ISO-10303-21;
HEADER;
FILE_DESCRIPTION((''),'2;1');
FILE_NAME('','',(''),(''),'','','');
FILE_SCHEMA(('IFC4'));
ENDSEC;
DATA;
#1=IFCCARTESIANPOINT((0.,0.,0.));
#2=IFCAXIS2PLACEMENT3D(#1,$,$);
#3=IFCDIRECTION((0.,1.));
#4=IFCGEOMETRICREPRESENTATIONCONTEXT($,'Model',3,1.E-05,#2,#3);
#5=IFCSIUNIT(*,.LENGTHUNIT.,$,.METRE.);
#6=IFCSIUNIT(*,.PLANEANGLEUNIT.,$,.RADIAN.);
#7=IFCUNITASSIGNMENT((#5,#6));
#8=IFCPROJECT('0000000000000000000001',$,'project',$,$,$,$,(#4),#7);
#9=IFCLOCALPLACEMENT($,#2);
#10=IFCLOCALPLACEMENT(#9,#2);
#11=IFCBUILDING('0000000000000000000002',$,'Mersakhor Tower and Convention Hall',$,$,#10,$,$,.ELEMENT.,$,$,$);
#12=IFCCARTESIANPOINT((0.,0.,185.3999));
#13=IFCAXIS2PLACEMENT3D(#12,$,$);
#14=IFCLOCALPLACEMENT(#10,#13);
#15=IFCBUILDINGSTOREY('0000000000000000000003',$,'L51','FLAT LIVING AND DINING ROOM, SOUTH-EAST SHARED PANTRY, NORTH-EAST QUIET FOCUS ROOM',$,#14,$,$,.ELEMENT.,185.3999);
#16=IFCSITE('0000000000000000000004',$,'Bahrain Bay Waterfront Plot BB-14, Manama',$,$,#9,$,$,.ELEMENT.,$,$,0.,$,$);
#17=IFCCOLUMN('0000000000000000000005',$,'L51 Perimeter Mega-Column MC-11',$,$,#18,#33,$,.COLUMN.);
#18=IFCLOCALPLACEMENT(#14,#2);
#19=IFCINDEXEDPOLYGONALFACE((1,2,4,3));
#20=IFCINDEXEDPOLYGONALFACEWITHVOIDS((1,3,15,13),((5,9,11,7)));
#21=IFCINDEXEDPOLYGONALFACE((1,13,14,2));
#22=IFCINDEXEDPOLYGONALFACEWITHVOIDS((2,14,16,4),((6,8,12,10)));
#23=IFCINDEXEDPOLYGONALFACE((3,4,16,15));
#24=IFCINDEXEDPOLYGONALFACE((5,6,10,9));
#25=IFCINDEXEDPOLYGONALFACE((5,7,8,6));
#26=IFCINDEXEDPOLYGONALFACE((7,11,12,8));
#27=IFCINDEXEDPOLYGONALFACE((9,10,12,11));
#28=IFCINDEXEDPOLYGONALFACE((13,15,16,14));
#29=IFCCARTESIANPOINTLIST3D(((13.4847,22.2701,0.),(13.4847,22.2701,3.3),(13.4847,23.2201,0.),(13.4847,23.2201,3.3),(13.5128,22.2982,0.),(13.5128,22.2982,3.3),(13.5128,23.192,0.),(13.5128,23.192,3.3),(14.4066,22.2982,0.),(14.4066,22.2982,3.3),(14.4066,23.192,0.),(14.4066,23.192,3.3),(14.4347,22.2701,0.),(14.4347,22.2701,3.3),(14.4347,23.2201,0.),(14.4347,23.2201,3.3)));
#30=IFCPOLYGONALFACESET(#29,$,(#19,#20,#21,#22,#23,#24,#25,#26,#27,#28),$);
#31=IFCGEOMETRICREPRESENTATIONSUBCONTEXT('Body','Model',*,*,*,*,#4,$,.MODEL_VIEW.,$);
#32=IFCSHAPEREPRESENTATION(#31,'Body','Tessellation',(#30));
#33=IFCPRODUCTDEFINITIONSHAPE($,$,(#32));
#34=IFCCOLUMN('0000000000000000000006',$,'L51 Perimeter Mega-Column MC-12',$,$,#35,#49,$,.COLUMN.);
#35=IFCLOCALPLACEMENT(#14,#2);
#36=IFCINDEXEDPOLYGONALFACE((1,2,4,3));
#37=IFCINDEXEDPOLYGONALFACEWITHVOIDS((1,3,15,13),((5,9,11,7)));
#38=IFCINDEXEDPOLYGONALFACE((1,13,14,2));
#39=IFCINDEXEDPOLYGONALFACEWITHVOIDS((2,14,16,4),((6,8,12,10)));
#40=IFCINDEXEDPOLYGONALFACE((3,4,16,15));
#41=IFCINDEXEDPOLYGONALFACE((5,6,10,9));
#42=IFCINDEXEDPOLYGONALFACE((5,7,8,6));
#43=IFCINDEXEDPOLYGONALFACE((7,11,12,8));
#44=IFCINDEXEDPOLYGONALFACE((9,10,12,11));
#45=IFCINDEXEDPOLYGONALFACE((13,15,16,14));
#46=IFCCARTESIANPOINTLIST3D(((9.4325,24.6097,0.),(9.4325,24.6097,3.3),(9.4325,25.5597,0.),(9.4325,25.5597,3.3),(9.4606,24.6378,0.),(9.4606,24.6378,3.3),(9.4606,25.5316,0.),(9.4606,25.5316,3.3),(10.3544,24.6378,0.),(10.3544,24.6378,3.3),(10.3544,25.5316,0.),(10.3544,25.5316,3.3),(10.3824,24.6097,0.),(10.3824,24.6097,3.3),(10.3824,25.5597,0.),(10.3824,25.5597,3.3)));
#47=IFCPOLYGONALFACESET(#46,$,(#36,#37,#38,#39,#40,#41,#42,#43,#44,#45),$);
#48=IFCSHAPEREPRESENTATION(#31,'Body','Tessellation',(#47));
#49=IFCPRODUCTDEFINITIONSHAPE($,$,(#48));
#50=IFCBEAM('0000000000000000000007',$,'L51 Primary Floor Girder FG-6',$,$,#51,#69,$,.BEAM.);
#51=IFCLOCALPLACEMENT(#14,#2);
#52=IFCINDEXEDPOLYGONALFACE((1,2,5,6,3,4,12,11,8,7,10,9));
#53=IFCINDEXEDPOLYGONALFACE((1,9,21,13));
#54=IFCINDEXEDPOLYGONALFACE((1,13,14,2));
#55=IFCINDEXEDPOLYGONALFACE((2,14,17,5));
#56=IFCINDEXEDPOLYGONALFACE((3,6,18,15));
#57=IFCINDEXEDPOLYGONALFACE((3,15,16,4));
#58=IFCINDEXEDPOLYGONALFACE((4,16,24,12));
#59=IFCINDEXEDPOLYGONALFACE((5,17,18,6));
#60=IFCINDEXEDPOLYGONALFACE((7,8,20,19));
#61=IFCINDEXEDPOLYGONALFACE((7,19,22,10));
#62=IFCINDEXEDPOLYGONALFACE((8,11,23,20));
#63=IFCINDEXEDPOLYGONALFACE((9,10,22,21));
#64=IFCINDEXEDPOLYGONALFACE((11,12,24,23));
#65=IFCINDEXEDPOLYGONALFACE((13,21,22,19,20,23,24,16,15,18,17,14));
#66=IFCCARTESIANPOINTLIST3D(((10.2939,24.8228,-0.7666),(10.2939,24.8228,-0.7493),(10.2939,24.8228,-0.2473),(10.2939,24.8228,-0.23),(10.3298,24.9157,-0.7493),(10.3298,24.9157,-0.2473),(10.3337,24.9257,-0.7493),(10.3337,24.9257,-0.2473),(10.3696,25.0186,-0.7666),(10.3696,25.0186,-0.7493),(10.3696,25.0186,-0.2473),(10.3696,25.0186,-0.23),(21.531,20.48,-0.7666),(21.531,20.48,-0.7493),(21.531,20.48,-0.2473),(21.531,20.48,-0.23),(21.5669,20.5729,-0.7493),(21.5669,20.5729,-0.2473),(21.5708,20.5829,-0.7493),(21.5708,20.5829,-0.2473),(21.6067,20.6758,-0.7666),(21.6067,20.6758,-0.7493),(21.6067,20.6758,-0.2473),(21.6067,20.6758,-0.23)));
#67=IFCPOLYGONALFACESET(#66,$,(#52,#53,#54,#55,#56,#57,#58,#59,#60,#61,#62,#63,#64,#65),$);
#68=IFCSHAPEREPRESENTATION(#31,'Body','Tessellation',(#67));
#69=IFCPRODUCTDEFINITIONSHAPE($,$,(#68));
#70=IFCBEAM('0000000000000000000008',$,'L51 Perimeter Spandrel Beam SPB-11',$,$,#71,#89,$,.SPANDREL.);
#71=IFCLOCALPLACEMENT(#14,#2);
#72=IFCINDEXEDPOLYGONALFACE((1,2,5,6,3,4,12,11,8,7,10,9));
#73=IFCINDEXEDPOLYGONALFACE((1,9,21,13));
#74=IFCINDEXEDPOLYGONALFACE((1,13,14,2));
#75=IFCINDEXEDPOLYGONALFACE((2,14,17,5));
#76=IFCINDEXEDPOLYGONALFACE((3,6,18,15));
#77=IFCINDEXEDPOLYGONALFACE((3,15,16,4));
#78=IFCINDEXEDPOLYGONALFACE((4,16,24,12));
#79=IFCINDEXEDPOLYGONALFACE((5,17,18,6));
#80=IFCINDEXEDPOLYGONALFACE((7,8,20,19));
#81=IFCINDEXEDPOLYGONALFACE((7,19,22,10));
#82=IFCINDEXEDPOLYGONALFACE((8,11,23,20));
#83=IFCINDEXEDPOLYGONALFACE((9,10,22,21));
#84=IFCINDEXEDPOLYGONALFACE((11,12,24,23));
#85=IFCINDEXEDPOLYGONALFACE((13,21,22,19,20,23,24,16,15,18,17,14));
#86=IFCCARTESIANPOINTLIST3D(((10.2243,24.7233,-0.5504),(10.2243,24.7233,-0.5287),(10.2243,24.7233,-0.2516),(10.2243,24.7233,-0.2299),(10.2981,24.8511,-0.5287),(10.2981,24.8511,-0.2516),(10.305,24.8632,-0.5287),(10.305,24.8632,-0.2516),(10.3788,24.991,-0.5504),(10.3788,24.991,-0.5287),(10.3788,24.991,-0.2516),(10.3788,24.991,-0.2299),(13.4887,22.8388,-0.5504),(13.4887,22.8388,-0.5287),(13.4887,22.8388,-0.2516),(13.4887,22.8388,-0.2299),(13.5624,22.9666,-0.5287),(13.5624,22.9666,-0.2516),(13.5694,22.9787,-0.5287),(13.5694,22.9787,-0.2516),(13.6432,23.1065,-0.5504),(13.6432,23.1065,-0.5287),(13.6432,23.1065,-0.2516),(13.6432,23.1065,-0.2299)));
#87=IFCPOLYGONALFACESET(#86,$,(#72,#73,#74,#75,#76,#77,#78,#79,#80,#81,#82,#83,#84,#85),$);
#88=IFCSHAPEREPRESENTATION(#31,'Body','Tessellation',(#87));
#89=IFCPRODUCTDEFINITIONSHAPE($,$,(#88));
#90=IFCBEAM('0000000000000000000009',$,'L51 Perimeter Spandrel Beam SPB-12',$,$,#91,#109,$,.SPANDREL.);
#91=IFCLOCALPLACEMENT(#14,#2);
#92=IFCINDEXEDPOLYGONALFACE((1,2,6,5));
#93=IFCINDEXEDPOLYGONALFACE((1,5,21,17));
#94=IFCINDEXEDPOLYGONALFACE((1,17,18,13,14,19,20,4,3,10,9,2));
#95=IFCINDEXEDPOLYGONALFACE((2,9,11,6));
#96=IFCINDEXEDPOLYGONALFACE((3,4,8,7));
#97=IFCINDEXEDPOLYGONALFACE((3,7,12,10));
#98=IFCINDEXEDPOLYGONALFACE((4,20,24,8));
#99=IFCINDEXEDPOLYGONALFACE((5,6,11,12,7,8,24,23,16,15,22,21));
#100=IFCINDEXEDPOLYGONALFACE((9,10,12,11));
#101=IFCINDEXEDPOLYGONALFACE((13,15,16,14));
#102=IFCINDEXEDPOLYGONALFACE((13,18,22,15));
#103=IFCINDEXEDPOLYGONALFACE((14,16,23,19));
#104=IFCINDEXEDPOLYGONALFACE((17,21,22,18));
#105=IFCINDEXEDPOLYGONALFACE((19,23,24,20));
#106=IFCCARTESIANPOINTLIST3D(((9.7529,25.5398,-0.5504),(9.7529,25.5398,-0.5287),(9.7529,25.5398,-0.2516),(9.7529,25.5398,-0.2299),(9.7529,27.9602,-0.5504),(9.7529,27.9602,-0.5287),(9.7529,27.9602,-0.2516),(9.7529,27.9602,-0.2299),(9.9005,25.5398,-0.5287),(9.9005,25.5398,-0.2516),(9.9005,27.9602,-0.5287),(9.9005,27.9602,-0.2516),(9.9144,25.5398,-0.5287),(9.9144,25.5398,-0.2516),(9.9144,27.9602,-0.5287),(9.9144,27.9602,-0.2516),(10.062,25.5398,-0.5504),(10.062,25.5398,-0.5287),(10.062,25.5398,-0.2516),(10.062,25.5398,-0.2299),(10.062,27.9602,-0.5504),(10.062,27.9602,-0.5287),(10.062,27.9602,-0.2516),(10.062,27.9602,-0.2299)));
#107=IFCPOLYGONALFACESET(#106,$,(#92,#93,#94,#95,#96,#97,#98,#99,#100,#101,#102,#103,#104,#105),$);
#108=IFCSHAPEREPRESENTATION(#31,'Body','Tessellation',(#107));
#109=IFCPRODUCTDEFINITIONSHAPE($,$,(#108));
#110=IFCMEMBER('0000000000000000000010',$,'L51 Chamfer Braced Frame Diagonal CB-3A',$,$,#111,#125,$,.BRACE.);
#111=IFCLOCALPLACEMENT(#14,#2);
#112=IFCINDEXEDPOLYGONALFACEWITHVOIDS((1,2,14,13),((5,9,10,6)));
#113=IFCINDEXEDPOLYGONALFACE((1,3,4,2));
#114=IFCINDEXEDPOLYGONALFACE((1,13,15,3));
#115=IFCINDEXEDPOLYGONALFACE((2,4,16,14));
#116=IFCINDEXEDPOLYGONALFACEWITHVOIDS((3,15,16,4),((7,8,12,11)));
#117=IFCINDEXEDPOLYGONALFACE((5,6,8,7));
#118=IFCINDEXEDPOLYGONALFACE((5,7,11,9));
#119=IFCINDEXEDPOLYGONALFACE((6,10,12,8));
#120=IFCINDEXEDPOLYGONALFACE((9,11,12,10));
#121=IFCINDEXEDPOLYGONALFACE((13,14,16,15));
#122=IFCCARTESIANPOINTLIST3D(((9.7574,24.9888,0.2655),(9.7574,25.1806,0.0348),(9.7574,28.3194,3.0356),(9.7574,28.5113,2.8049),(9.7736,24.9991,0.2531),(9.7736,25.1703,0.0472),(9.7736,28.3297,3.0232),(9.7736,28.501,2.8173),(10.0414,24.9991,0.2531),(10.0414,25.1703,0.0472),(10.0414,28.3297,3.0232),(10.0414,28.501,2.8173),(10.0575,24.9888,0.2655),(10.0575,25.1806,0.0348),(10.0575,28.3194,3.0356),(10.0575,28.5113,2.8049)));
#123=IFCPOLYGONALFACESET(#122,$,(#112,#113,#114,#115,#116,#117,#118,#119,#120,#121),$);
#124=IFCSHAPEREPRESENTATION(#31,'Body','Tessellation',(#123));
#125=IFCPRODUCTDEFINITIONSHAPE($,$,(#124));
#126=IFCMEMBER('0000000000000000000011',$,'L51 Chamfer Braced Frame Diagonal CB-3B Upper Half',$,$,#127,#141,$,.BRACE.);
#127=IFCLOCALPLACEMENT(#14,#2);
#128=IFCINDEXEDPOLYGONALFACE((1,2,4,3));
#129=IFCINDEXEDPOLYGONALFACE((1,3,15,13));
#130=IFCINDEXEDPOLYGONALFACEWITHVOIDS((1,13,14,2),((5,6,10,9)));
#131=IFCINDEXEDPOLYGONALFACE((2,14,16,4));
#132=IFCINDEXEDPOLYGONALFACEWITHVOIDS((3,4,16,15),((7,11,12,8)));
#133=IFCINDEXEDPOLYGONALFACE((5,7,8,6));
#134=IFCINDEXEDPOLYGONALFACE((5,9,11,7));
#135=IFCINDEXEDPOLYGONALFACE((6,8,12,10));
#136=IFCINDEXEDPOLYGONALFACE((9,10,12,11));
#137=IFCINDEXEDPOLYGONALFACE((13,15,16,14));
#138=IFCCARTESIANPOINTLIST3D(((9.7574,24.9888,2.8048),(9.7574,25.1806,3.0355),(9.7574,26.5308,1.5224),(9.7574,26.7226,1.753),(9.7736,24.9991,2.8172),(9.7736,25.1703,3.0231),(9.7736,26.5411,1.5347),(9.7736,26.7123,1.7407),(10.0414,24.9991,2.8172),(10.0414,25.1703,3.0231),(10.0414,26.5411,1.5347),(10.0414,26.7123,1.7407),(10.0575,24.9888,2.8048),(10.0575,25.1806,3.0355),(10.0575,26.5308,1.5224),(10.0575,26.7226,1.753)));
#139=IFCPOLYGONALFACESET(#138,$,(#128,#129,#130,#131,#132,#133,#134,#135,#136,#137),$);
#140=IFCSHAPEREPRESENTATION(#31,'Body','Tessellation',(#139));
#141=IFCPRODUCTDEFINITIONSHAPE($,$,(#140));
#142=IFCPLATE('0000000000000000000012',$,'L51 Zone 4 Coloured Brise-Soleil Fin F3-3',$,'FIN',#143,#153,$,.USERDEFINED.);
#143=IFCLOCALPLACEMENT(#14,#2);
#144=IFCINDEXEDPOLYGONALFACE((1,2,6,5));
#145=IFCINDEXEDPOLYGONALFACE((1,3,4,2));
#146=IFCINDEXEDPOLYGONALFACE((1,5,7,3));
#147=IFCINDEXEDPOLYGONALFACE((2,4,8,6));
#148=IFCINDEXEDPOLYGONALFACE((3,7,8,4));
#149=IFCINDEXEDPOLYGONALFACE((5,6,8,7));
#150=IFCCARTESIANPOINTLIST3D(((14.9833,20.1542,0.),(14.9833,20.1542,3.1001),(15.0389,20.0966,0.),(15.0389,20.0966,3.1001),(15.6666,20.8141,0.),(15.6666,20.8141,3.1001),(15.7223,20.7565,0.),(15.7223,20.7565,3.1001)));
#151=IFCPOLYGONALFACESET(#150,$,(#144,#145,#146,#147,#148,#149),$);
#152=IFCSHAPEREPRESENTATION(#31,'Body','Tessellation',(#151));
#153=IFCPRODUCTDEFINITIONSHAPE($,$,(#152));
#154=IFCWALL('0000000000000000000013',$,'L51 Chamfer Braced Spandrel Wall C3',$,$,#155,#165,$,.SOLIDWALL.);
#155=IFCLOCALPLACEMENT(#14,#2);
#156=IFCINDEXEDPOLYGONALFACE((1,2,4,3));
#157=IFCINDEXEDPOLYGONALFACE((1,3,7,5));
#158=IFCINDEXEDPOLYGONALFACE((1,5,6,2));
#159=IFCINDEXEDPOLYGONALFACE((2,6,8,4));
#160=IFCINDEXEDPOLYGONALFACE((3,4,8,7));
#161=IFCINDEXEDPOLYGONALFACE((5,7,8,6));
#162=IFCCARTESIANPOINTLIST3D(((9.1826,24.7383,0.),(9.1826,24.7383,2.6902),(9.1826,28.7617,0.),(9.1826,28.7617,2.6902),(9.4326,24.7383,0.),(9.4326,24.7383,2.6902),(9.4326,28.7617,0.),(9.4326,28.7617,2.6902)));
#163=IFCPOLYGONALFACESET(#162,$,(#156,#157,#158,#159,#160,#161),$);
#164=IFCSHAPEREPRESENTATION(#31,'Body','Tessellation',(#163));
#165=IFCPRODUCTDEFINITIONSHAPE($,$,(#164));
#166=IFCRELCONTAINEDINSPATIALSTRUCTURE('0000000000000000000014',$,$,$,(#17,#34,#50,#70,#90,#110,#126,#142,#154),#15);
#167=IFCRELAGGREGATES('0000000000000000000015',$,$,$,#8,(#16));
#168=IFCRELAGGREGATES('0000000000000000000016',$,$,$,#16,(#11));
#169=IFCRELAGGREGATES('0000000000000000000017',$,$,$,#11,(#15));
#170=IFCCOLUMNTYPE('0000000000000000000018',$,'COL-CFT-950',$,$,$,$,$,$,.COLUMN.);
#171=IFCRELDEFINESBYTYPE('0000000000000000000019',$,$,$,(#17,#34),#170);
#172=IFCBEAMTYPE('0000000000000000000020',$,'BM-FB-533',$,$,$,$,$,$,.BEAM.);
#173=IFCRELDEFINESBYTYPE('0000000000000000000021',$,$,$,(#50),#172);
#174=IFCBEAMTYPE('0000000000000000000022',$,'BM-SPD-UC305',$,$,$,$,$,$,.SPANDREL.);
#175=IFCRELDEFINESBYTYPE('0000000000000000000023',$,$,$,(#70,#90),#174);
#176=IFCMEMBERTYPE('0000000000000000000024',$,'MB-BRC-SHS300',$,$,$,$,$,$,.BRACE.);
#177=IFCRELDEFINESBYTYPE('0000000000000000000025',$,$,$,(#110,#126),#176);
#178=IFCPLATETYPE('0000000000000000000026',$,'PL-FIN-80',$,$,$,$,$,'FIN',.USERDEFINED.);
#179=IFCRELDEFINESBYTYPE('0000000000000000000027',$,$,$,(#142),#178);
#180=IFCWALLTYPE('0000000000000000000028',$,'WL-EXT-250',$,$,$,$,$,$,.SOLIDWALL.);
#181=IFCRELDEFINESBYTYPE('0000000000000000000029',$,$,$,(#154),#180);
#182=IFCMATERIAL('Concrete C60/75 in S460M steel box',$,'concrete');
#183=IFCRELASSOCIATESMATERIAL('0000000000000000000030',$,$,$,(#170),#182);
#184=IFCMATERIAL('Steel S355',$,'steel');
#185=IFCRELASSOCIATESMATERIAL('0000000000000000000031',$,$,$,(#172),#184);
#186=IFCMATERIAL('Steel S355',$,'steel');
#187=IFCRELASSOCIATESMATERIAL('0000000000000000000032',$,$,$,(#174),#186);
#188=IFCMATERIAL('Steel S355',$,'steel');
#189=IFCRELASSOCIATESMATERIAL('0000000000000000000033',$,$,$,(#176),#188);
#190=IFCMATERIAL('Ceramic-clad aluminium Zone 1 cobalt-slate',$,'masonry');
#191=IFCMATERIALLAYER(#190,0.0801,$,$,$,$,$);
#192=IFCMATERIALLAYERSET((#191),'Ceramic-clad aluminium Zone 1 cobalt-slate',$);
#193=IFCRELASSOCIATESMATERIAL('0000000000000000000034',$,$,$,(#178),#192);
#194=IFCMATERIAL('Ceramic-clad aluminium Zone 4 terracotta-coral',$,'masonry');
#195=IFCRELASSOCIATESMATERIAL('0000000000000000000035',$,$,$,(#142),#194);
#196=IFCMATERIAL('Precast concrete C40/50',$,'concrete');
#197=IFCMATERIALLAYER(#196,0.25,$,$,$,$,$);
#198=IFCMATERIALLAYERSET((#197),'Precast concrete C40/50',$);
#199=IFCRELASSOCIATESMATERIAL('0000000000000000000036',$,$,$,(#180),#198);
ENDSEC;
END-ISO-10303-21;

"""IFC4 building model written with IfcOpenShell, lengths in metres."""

from ifc_helpers import new_model, si_unit, direction, frame, frame_2d, origin, origin_2d, place, context, subcontext, project, spatial, rectangle, hollow_rectangle, i_section, extrude, material, layer, layer_set, material_profile, profile_set, type_object, element, save


model = new_model("IFC4")

# Units and contexts
model_context = context("Model", 3, precision=1e-05, world=origin(), true_north=direction((0.0, 1.0)))
body_context = subcontext(model_context, "Body", "Model", "MODEL_VIEW")
ifc_project = project(units=[si_unit("LENGTHUNIT", "METRE"), si_unit("PLANEANGLEUNIT", "RADIAN")], contexts=[model_context])

# Site, building, storey
site_placement = place(None, origin())
site = spatial("IfcSite", under=ifc_project, at=site_placement, Name="Bahrain Bay Waterfront Plot BB-14, Manama", CompositionType="ELEMENT", RefElevation=0.0)
building_placement = place(site_placement, origin())
building = spatial("IfcBuilding", under=site, at=building_placement, Name="Mersakhor Tower and Convention Hall", CompositionType="ELEMENT")
storey_placement = place(building_placement, frame((0.0, 0.0, 185.3999)))
storey = spatial("IfcBuildingStorey", under=building, at=storey_placement, Name="L51", Description="FLAT LIVING AND DINING ROOM, SOUTH-EAST SHARED PANTRY, NORTH-EAST QUIET FOCUS ROOM", CompositionType="ELEMENT", Elevation=185.3999)

# Columns
ifc_material_1 = material(Name="Concrete C60/75 in S460M steel box", Category="concrete")
ifc_material_profile_1 = material_profile(ifc_material_1, hollow_rectangle(XDim=0.95, YDim=0.95, WallThickness=0.0281, at=origin_2d()), Name="SHS 950x950x28")
ifc_profile_set_1 = profile_set([ifc_material_profile_1], Name="Concrete C60/75 in S460M steel box")
column_type = type_object("IfcColumnType", Name="COL-CFT-950", PredefinedType="COLUMN", material=ifc_profile_set_1)
for number, where, z_axis, x_axis, name in (
    (1, (13.9597, 22.7451, 0.0), (0.0, 0.0, 1.0), (1.0, 0.0, 0.0), "L51 Perimeter Mega-Column MC-11"),
    (2, (9.9075, 25.0847, 0.0), (0.0, 0.0, 1.0), (1.0, 0.0, 0.0), "L51 Perimeter Mega-Column MC-12"),
):
    element("IfcColumn", number, at=place(storey_placement, frame(where, z_axis=z_axis, x_axis=x_axis)), inside=storey, type_object=column_type, Name=name, PredefinedType="COLUMN", context=body_context, shape_type="SweptSolid", body=[
        extrude(hollow_rectangle(XDim=0.95, YDim=0.95, WallThickness=0.0281, at=origin_2d()), origin(), (0.0, 0.0, 1.0), 3.3),
    ])

# Beams
ifc_material_2 = material(Name="Steel S355", Category="steel")
ifc_material_profile_2 = material_profile(ifc_material_2, i_section(OverallWidth=0.21, OverallDepth=0.5366, WebThickness=0.0107, FlangeThickness=0.0173, at=origin_2d()), Name="UB 533x210x101")
ifc_profile_set_2 = profile_set([ifc_material_profile_2], Name="Steel S355")
beam_type_1 = type_object("IfcBeamType", Name="BM-FB-533", PredefinedType="BEAM", material=ifc_profile_set_2)
beam_1_placement = place(storey_placement, frame((21.5688, 20.5779, -0.4983), z_axis=(-0.932765, 0.360485, 0.0), x_axis=(-0.360485, -0.932765, 0.0)))
element("IfcBeam", 3, at=beam_1_placement, inside=storey, type_object=beam_type_1, Name="L51 Primary Floor Girder FG-6", PredefinedType="BEAM", context=body_context, shape_type="SweptSolid", body=[
    extrude(i_section(OverallWidth=0.21, OverallDepth=0.5366, WebThickness=0.0107, FlangeThickness=0.0173, at=origin_2d()), origin(), (0.0, 0.0, 1.0), 12.0471),
])
ifc_material_3 = material(Name="Steel S355", Category="steel")
ifc_material_profile_3 = material_profile(ifc_material_3, i_section(OverallWidth=0.3091, OverallDepth=0.3206, WebThickness=0.0139, FlangeThickness=0.0217, at=origin_2d()), Name="UC 305x305x137")
ifc_profile_set_3 = profile_set([ifc_material_profile_3], Name="Steel S355")
beam_type_2 = type_object("IfcBeamType", Name="BM-SPD-UC305", PredefinedType="SPANDREL", material=ifc_profile_set_3)
beam_2_placement = place(storey_placement, frame((13.5659, 22.9727, -0.3901), z_axis=(-0.866046, 0.499964, 0.0), x_axis=(-0.499964, -0.866046, 0.0)))
element("IfcBeam", 4, at=beam_2_placement, inside=storey, type_object=beam_type_2, Name="L51 Perimeter Spandrel Beam SPB-11", PredefinedType="SPANDREL", context=body_context, shape_type="SweptSolid", body=[
    extrude(i_section(OverallWidth=0.3091, OverallDepth=0.3206, WebThickness=0.0139, FlangeThickness=0.0217, at=origin_2d()), origin(), (0.0, 0.0, 1.0), 3.7693),
])
beam_3_placement = place(storey_placement, frame((9.9075, 25.5398, -0.3901), z_axis=(0.0, 1.0, 0.0), x_axis=(-1.0, 0.0, 0.0)))
element("IfcBeam", 5, at=beam_3_placement, inside=storey, type_object=beam_type_2, Name="L51 Perimeter Spandrel Beam SPB-12", PredefinedType="SPANDREL", context=body_context, shape_type="SweptSolid", body=[
    extrude(i_section(OverallWidth=0.3091, OverallDepth=0.3206, WebThickness=0.0139, FlangeThickness=0.0217, at=origin_2d()), origin(), (0.0, 0.0, 1.0), 2.4204),
])

# Members
ifc_material_4 = material(Name="Steel S355", Category="steel")
ifc_material_profile_4 = material_profile(ifc_material_4, hollow_rectangle(XDim=0.3, YDim=0.3, WallThickness=0.0161, at=origin_2d()), Name="SHS 300x300x16")
ifc_profile_set_4 = profile_set([ifc_material_profile_4], Name="Steel S355")
member_type = type_object("IfcMemberType", Name="MB-BRC-SHS300", PredefinedType="BRACE", material=ifc_profile_set_4)
member_1_placement = place(storey_placement, frame((9.9075, 25.0847, 0.1501), z_axis=(0.0, 0.76884, 0.639441), x_axis=(-1.0, 0.0, 0.0)))
element("IfcMember", 6, at=member_1_placement, inside=storey, type_object=member_type, Name="L51 Chamfer Braced Frame Diagonal CB-3A", PredefinedType="BRACE", context=body_context, shape_type="SweptSolid", body=[
    extrude(hollow_rectangle(XDim=0.3, YDim=0.3, WallThickness=0.0161, at=origin_2d()), origin(), (0.0, 0.0, 1.0), 4.332),
])
member_2_placement = place(storey_placement, frame((9.9075, 26.6267, 1.6377), z_axis=(0.0, -0.76884, 0.639442), x_axis=(1.0, 0.0, 0.0)))
element("IfcMember", 7, at=member_2_placement, inside=storey, type_object=member_type, Name="L51 Chamfer Braced Frame Diagonal CB-3B Upper Half", PredefinedType="BRACE", context=body_context, shape_type="SweptSolid", body=[
    extrude(hollow_rectangle(XDim=0.3, YDim=0.3, WallThickness=0.0161, at=origin_2d()), origin(), (0.0, 0.0, 1.0), 2.0056),
])

# Plate
ifc_material_5 = material(Name="Ceramic-clad aluminium Zone 4 terracotta-coral", Category="masonry")
ifc_material_6 = material(Name="Ceramic-clad aluminium Zone 1 cobalt-slate", Category="masonry")
ifc_layer_1 = layer(ifc_material_6, 0.0801)
ifc_layer_set_1 = layer_set([ifc_layer_1], Name="Ceramic-clad aluminium Zone 1 cobalt-slate")
plate_type = type_object("IfcPlateType", Name="PL-FIN-80", ElementType="FIN", PredefinedType="USERDEFINED", material=ifc_layer_set_1)
plate_placement = place(storey_placement, frame((15.3528, 20.4553, 0.0), z_axis=(0.0, 0.0, 1.0), x_axis=(-0.71934, -0.694658, 0.0)))
element("IfcPlate", 8, at=plate_placement, inside=storey, type_object=plate_type, material=ifc_material_5, Name="L51 Zone 4 Coloured Brise-Soleil Fin F3-3", ObjectType="FIN", PredefinedType="USERDEFINED", context=body_context, shape_type="SweptSolid", body=[
    extrude(rectangle(XDim=0.95, YDim=0.0801, at=origin_2d()), origin(), (0.0, 0.0, 1.0), 3.1001),
])

# Wall
ifc_material_7 = material(Name="Precast concrete C40/50", Category="concrete")
ifc_layer_2 = layer(ifc_material_7, 0.25)
ifc_layer_set_2 = layer_set([ifc_layer_2], Name="Precast concrete C40/50")
wall_type_1 = type_object("IfcWallType", Name="WL-EXT-250", PredefinedType="SOLIDWALL", material=ifc_layer_set_2)
wall_1_placement = place(storey_placement, frame((9.3076, 24.7383, 0.0), z_axis=(0.0, 0.0, 1.0), x_axis=(0.0, 1.0, 0.0)))
element("IfcWall", 9, at=wall_1_placement, inside=storey, type_object=wall_type_1, Name="L51 Chamfer Braced Spandrel Wall C3", PredefinedType="SOLIDWALL", context=body_context, shape_type="SweptSolid", body=[
    extrude(rectangle(XDim=4.0234, YDim=0.25, at=frame_2d((2.0117, 0.0))), origin(), (0.0, 0.0, 1.0), 2.6902),
])

save(model, "model.ifc")
